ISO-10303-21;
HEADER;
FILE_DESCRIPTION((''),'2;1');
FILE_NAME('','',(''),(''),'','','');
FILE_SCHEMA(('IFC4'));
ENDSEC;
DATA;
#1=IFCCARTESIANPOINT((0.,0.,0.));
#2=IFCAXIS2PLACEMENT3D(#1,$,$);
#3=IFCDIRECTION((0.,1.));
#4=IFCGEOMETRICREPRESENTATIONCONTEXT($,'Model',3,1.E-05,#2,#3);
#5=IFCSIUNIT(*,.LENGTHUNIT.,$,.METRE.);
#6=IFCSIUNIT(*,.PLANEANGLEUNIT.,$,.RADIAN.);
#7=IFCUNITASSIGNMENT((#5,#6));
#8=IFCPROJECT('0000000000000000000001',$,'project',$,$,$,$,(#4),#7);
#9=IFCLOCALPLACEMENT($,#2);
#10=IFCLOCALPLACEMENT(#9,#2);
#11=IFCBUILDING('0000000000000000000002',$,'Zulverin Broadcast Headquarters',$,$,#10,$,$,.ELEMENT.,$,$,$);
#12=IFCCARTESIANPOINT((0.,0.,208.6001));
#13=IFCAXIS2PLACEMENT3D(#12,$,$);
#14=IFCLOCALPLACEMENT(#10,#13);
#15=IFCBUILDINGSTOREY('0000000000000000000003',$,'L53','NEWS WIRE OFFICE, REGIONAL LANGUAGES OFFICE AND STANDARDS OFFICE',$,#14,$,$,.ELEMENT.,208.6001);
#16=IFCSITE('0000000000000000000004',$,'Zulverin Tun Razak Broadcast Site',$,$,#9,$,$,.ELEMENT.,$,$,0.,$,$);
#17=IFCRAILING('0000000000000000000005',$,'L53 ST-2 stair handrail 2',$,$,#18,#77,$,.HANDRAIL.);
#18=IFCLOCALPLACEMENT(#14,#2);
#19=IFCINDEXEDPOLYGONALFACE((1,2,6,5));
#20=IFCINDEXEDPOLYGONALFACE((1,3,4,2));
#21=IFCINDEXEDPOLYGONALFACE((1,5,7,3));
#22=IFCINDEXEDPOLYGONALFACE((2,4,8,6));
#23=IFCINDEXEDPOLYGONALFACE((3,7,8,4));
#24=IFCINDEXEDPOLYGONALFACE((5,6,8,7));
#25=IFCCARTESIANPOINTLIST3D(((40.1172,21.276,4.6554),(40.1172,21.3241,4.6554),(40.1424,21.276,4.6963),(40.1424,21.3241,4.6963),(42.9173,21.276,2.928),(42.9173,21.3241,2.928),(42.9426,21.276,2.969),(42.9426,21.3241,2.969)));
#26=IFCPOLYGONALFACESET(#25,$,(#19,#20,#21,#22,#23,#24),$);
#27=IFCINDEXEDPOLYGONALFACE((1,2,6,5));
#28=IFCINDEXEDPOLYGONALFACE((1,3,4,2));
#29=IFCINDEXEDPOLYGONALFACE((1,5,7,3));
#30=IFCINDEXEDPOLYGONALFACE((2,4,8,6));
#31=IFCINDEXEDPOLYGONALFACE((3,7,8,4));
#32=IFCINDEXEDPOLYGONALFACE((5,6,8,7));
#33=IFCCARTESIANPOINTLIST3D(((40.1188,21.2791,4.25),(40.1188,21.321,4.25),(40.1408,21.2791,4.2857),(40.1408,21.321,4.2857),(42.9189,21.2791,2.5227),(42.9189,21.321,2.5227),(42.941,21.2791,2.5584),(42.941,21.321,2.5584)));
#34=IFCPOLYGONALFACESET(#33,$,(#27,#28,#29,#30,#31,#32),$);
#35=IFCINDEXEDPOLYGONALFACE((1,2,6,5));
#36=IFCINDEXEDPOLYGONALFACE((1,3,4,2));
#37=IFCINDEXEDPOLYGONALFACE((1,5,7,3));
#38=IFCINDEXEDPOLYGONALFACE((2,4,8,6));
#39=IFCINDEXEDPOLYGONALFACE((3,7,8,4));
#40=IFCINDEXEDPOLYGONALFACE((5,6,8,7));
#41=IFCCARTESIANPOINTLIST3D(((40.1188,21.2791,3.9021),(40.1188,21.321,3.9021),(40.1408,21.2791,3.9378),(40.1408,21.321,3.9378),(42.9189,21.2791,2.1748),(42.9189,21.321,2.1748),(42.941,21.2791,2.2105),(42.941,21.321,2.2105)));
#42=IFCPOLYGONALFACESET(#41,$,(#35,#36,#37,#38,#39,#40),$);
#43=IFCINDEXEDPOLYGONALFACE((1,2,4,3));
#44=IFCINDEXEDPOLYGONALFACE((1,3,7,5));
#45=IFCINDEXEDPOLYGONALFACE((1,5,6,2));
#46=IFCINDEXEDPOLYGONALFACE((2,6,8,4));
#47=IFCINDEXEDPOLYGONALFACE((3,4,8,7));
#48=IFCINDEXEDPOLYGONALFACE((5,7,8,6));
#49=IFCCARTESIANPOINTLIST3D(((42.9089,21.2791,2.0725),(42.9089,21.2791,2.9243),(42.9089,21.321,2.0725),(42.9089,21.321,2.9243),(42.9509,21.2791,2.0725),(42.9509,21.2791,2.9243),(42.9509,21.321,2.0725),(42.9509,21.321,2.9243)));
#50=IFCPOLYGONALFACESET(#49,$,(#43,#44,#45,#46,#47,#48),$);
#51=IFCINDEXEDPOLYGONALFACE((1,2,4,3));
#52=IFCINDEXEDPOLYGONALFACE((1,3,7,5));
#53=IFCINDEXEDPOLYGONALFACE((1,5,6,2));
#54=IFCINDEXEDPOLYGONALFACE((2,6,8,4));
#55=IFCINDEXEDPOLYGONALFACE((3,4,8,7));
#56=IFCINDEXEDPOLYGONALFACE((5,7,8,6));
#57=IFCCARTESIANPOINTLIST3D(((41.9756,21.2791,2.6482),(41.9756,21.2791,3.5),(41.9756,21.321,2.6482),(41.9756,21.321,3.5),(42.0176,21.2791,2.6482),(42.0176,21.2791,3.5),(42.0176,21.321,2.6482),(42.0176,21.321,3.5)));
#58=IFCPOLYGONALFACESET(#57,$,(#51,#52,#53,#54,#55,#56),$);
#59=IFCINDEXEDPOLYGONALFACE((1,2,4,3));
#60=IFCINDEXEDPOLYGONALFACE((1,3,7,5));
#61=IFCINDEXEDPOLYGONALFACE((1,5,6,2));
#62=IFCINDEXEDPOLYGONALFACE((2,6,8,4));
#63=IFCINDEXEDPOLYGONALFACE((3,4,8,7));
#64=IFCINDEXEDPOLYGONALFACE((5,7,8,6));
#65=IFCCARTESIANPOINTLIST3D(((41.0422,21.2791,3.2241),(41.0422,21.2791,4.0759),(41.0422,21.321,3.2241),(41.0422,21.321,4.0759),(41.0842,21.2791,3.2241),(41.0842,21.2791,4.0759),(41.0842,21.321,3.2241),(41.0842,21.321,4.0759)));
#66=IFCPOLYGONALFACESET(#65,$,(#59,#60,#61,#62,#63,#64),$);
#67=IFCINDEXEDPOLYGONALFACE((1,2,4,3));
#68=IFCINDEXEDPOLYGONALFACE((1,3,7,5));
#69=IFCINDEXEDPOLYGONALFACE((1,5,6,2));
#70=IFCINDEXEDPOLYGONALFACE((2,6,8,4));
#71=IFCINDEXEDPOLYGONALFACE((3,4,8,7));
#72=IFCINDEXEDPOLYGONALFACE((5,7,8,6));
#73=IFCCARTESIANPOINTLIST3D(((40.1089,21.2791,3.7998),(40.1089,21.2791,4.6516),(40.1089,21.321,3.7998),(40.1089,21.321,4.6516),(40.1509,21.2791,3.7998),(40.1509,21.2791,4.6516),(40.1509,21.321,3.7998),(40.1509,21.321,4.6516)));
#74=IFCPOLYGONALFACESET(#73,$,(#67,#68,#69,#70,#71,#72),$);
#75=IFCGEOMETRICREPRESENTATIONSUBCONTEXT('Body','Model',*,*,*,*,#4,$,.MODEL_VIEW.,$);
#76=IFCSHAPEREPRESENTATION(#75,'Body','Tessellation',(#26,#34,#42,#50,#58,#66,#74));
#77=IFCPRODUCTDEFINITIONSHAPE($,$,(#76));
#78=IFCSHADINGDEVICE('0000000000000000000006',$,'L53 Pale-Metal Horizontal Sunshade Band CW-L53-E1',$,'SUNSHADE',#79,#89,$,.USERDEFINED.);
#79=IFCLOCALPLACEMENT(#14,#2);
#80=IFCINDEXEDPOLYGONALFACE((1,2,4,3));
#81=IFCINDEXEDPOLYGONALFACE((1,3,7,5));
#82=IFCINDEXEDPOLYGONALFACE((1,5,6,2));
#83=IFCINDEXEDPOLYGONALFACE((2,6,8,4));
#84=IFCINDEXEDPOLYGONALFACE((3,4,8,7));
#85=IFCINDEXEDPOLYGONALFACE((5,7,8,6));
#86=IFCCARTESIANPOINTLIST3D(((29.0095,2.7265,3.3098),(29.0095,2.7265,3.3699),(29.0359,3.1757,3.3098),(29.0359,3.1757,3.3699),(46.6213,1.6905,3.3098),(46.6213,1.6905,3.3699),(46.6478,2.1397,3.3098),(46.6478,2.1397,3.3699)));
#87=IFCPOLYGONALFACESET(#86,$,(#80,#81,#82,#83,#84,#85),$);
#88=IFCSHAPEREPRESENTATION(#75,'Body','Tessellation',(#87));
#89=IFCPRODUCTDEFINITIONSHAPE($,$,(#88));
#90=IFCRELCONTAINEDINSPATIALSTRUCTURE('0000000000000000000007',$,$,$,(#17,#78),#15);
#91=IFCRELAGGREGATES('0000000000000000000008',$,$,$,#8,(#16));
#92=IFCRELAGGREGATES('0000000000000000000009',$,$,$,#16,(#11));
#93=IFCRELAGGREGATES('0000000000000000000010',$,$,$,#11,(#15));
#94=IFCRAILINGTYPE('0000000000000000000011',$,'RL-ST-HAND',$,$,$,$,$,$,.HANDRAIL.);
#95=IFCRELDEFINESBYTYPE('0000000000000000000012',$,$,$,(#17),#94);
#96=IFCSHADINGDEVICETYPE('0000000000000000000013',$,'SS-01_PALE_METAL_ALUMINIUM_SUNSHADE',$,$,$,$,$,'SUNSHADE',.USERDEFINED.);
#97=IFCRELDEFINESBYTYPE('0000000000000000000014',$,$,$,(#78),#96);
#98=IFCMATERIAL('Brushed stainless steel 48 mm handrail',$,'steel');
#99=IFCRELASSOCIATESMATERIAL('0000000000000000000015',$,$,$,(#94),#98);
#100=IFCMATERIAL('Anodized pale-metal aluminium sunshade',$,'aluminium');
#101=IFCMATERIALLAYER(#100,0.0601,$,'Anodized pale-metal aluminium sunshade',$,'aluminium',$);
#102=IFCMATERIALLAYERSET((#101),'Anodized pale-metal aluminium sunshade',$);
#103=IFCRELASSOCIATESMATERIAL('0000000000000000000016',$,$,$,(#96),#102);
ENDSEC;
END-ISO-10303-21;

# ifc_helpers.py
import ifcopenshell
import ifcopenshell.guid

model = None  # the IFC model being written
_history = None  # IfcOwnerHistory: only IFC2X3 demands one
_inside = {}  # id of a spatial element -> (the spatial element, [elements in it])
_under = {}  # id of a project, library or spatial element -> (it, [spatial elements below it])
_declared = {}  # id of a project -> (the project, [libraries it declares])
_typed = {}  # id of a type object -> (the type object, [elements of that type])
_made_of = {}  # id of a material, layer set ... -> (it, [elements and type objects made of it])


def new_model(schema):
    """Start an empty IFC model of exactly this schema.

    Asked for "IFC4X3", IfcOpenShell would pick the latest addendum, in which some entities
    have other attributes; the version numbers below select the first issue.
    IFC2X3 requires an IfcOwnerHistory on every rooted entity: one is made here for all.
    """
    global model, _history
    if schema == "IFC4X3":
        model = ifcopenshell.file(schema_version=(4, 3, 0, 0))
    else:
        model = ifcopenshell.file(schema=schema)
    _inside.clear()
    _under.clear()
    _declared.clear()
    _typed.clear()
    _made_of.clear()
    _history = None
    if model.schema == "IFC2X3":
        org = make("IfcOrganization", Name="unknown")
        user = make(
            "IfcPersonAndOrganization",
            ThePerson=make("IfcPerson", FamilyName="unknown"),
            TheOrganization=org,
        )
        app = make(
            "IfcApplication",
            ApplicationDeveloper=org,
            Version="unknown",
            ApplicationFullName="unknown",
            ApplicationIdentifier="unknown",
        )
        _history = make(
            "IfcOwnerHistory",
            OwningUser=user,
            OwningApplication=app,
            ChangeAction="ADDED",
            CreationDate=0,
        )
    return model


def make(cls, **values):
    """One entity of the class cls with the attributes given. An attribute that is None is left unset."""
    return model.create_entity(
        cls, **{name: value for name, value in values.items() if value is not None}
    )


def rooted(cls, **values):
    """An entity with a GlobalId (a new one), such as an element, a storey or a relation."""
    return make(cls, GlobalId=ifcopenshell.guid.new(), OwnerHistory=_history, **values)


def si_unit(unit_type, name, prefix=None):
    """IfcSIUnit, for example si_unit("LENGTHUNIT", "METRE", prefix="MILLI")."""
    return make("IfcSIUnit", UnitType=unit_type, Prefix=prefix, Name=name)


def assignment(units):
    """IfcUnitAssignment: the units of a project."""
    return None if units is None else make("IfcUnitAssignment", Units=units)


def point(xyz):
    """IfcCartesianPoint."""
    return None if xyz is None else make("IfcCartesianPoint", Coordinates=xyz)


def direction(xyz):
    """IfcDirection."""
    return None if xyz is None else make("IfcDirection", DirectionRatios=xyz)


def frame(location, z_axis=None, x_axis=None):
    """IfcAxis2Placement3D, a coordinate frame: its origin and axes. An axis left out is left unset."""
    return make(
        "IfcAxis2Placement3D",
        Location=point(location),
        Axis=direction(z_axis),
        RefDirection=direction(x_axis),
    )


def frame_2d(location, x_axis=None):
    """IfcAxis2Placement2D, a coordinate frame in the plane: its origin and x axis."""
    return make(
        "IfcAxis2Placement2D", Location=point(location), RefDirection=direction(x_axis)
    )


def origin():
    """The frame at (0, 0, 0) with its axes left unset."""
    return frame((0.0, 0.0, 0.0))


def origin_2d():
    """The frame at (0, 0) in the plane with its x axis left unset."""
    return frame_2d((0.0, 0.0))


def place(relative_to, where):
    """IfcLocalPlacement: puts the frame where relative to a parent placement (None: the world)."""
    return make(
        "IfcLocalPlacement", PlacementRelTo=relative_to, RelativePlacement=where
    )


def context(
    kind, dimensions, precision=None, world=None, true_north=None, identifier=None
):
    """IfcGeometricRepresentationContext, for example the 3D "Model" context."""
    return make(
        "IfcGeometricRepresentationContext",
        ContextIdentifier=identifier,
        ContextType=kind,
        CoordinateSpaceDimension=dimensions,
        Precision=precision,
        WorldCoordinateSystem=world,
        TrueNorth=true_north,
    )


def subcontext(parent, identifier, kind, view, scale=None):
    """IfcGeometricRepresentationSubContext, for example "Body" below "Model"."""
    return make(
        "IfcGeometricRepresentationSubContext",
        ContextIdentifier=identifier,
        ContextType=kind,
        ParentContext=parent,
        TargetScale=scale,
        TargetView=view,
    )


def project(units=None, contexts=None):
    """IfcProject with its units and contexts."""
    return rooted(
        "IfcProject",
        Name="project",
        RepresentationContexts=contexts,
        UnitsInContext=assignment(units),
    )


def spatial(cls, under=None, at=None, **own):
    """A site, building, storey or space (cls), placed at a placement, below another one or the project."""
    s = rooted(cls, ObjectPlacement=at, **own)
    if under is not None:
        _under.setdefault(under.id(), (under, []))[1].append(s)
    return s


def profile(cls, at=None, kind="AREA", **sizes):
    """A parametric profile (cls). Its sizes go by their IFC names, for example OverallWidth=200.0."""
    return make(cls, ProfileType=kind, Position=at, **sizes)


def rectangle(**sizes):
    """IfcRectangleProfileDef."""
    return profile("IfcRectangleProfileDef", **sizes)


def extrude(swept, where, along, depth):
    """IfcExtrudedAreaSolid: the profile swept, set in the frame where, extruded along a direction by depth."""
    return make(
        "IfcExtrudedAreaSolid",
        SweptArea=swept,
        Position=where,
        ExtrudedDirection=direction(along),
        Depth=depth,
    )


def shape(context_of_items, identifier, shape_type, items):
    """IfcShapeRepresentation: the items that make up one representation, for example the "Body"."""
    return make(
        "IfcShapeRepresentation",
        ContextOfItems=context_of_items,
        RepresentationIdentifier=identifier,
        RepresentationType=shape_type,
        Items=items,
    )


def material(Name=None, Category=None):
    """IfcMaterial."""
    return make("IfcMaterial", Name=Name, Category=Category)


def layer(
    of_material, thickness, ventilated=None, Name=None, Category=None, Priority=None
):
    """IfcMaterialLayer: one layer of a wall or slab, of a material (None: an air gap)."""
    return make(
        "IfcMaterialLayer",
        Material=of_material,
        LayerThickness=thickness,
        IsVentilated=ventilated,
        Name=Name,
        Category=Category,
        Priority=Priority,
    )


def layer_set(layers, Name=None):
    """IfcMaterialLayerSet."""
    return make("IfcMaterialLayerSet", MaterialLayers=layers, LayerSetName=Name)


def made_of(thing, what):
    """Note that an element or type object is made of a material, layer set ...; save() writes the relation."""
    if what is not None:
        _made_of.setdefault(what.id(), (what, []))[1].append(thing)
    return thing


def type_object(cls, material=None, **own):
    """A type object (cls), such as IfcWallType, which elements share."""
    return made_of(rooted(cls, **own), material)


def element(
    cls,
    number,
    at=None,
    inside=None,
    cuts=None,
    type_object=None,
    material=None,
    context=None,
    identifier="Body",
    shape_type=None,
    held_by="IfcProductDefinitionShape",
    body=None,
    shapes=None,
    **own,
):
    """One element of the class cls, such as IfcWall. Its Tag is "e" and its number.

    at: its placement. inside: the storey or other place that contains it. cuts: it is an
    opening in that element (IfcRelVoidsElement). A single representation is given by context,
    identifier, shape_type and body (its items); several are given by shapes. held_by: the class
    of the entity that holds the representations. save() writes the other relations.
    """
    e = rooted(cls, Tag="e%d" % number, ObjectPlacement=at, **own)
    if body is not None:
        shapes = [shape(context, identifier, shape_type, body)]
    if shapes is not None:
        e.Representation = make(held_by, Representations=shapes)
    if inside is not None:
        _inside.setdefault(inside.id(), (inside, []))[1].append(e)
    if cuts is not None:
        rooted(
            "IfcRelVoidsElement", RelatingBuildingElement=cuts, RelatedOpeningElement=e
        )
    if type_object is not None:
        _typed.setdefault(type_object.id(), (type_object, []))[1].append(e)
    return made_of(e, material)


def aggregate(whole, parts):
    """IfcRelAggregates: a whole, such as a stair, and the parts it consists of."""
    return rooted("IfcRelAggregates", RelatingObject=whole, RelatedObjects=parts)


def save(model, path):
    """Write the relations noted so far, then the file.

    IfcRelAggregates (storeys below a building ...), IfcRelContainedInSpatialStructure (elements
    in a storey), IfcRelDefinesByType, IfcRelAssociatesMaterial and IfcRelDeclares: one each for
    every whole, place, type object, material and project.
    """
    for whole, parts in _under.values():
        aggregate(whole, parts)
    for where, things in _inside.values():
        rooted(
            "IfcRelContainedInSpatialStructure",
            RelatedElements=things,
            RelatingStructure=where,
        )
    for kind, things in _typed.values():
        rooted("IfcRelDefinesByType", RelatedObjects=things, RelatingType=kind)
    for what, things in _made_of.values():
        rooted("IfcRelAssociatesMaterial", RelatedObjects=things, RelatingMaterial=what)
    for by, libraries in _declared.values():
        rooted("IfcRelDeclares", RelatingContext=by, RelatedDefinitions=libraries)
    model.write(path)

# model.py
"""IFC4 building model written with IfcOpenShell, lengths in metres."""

from ifc_helpers import new_model, si_unit, direction, frame, origin, origin_2d, place, context, subcontext, project, spatial, rectangle, extrude, material, layer, layer_set, type_object, element, save


model = new_model("IFC4")

# Units and contexts
model_context = context("Model", 3, precision=1e-05, world=origin(), true_north=direction((0.0, 1.0)))
body_context = subcontext(model_context, "Body", "Model", "MODEL_VIEW")
ifc_project = project(units=[si_unit("LENGTHUNIT", "METRE"), si_unit("PLANEANGLEUNIT", "RADIAN")], contexts=[model_context])

# Site, building, storey
site_placement = place(None, origin())
site = spatial("IfcSite", under=ifc_project, at=site_placement, Name="Zulverin Tun Razak Broadcast Site", CompositionType="ELEMENT", RefElevation=0.0)
building_placement = place(site_placement, origin())
building = spatial("IfcBuilding", under=site, at=building_placement, Name="Zulverin Broadcast Headquarters", CompositionType="ELEMENT")
storey_placement = place(building_placement, frame((0.0, 0.0, 208.6001)))
storey = spatial("IfcBuildingStorey", under=building, at=storey_placement, Name="L53", Description="NEWS WIRE OFFICE, REGIONAL LANGUAGES OFFICE AND STANDARDS OFFICE", CompositionType="ELEMENT", Elevation=208.6001)

# Railing
ifc_material_1 = material(Name="Brushed stainless steel 48 mm handrail", Category="steel")
railing_type_1 = type_object("IfcRailingType", Name="RL-ST-HAND", PredefinedType="HANDRAIL", material=ifc_material_1)
railing_1_placement = place(storey_placement, frame((42.9299, 21.3, 2.0725)))
element("IfcRailing", 1, at=railing_1_placement, inside=storey, type_object=railing_type_1, Name="L53 ST-2 stair handrail 2", PredefinedType="HANDRAIL", context=body_context, shape_type="SweptSolid", body=[
    extrude(rectangle(XDim=0.0481, YDim=0.0481, at=origin_2d()), frame((0.0, 0.0, 0.876), z_axis=(-0.85109, 0.0, 0.52502), x_axis=(0.0, -1.0, 0.0)), (0.0, 0.0, 1.0), 3.29),
    extrude(rectangle(XDim=0.042, YDim=0.042, at=origin_2d()), frame((0.0, 0.0, 0.468), z_axis=(-0.85109, 0.0, 0.52502), x_axis=(0.0, -1.0, 0.0)), (0.0, 0.0, 1.0), 3.29),
    extrude(rectangle(XDim=0.042, YDim=0.042, at=origin_2d()), frame((0.0, 0.0, 0.1201), z_axis=(-0.85109, 0.0, 0.52502), x_axis=(0.0, -1.0, 0.0)), (0.0, 0.0, 1.0), 3.29),
    extrude(rectangle(XDim=0.042, YDim=0.042, at=origin_2d()), origin(), (0.0, 0.0, 1.0), 0.8518),
    extrude(rectangle(XDim=0.042, YDim=0.042, at=origin_2d()), frame((-0.9333, 0.0, 0.5757)), (0.0, 0.0, 1.0), 0.8518),
    extrude(rectangle(XDim=0.042, YDim=0.042, at=origin_2d()), frame((-1.8667, 0.0, 1.1516)), (0.0, 0.0, 1.0), 0.8518),
    extrude(rectangle(XDim=0.042, YDim=0.042, at=origin_2d()), frame((-2.8, 0.0, 1.7273)), (0.0, 0.0, 1.0), 0.8518),
])

# Shading device
ifc_material_2 = material(Name="Anodized pale-metal aluminium sunshade", Category="aluminium")
ifc_layer_1 = layer(ifc_material_2, 0.0601, Name="Anodized pale-metal aluminium sunshade", Category="aluminium")
ifc_layer_set_1 = layer_set([ifc_layer_1], Name="Anodized pale-metal aluminium sunshade")
shading_device_type = type_object("IfcShadingDeviceType", Name="SS-01_PALE_METAL_ALUMINIUM_SUNSHADE", ElementType="SUNSHADE", PredefinedType="USERDEFINED", material=ifc_layer_set_1)
shading_device_placement = place(storey_placement, frame((37.8286, 2.4331, 3.3098), z_axis=(0.0, 0.0, 1.0), x_axis=(0.998274, -0.058721, 0.0)))
element("IfcShadingDevice", 2, at=shading_device_placement, inside=storey, type_object=shading_device_type, Name="L53 Pale-Metal Horizontal Sunshade Band CW-L53-E1", ObjectType="SUNSHADE", PredefinedType="USERDEFINED", context=body_context, shape_type="SweptSolid", body=[
    extrude(rectangle(XDim=17.6423, YDim=0.45, at=origin_2d()), origin(), (0.0, 0.0, 1.0), 0.0601),
])

save(model, "model.ifc")
